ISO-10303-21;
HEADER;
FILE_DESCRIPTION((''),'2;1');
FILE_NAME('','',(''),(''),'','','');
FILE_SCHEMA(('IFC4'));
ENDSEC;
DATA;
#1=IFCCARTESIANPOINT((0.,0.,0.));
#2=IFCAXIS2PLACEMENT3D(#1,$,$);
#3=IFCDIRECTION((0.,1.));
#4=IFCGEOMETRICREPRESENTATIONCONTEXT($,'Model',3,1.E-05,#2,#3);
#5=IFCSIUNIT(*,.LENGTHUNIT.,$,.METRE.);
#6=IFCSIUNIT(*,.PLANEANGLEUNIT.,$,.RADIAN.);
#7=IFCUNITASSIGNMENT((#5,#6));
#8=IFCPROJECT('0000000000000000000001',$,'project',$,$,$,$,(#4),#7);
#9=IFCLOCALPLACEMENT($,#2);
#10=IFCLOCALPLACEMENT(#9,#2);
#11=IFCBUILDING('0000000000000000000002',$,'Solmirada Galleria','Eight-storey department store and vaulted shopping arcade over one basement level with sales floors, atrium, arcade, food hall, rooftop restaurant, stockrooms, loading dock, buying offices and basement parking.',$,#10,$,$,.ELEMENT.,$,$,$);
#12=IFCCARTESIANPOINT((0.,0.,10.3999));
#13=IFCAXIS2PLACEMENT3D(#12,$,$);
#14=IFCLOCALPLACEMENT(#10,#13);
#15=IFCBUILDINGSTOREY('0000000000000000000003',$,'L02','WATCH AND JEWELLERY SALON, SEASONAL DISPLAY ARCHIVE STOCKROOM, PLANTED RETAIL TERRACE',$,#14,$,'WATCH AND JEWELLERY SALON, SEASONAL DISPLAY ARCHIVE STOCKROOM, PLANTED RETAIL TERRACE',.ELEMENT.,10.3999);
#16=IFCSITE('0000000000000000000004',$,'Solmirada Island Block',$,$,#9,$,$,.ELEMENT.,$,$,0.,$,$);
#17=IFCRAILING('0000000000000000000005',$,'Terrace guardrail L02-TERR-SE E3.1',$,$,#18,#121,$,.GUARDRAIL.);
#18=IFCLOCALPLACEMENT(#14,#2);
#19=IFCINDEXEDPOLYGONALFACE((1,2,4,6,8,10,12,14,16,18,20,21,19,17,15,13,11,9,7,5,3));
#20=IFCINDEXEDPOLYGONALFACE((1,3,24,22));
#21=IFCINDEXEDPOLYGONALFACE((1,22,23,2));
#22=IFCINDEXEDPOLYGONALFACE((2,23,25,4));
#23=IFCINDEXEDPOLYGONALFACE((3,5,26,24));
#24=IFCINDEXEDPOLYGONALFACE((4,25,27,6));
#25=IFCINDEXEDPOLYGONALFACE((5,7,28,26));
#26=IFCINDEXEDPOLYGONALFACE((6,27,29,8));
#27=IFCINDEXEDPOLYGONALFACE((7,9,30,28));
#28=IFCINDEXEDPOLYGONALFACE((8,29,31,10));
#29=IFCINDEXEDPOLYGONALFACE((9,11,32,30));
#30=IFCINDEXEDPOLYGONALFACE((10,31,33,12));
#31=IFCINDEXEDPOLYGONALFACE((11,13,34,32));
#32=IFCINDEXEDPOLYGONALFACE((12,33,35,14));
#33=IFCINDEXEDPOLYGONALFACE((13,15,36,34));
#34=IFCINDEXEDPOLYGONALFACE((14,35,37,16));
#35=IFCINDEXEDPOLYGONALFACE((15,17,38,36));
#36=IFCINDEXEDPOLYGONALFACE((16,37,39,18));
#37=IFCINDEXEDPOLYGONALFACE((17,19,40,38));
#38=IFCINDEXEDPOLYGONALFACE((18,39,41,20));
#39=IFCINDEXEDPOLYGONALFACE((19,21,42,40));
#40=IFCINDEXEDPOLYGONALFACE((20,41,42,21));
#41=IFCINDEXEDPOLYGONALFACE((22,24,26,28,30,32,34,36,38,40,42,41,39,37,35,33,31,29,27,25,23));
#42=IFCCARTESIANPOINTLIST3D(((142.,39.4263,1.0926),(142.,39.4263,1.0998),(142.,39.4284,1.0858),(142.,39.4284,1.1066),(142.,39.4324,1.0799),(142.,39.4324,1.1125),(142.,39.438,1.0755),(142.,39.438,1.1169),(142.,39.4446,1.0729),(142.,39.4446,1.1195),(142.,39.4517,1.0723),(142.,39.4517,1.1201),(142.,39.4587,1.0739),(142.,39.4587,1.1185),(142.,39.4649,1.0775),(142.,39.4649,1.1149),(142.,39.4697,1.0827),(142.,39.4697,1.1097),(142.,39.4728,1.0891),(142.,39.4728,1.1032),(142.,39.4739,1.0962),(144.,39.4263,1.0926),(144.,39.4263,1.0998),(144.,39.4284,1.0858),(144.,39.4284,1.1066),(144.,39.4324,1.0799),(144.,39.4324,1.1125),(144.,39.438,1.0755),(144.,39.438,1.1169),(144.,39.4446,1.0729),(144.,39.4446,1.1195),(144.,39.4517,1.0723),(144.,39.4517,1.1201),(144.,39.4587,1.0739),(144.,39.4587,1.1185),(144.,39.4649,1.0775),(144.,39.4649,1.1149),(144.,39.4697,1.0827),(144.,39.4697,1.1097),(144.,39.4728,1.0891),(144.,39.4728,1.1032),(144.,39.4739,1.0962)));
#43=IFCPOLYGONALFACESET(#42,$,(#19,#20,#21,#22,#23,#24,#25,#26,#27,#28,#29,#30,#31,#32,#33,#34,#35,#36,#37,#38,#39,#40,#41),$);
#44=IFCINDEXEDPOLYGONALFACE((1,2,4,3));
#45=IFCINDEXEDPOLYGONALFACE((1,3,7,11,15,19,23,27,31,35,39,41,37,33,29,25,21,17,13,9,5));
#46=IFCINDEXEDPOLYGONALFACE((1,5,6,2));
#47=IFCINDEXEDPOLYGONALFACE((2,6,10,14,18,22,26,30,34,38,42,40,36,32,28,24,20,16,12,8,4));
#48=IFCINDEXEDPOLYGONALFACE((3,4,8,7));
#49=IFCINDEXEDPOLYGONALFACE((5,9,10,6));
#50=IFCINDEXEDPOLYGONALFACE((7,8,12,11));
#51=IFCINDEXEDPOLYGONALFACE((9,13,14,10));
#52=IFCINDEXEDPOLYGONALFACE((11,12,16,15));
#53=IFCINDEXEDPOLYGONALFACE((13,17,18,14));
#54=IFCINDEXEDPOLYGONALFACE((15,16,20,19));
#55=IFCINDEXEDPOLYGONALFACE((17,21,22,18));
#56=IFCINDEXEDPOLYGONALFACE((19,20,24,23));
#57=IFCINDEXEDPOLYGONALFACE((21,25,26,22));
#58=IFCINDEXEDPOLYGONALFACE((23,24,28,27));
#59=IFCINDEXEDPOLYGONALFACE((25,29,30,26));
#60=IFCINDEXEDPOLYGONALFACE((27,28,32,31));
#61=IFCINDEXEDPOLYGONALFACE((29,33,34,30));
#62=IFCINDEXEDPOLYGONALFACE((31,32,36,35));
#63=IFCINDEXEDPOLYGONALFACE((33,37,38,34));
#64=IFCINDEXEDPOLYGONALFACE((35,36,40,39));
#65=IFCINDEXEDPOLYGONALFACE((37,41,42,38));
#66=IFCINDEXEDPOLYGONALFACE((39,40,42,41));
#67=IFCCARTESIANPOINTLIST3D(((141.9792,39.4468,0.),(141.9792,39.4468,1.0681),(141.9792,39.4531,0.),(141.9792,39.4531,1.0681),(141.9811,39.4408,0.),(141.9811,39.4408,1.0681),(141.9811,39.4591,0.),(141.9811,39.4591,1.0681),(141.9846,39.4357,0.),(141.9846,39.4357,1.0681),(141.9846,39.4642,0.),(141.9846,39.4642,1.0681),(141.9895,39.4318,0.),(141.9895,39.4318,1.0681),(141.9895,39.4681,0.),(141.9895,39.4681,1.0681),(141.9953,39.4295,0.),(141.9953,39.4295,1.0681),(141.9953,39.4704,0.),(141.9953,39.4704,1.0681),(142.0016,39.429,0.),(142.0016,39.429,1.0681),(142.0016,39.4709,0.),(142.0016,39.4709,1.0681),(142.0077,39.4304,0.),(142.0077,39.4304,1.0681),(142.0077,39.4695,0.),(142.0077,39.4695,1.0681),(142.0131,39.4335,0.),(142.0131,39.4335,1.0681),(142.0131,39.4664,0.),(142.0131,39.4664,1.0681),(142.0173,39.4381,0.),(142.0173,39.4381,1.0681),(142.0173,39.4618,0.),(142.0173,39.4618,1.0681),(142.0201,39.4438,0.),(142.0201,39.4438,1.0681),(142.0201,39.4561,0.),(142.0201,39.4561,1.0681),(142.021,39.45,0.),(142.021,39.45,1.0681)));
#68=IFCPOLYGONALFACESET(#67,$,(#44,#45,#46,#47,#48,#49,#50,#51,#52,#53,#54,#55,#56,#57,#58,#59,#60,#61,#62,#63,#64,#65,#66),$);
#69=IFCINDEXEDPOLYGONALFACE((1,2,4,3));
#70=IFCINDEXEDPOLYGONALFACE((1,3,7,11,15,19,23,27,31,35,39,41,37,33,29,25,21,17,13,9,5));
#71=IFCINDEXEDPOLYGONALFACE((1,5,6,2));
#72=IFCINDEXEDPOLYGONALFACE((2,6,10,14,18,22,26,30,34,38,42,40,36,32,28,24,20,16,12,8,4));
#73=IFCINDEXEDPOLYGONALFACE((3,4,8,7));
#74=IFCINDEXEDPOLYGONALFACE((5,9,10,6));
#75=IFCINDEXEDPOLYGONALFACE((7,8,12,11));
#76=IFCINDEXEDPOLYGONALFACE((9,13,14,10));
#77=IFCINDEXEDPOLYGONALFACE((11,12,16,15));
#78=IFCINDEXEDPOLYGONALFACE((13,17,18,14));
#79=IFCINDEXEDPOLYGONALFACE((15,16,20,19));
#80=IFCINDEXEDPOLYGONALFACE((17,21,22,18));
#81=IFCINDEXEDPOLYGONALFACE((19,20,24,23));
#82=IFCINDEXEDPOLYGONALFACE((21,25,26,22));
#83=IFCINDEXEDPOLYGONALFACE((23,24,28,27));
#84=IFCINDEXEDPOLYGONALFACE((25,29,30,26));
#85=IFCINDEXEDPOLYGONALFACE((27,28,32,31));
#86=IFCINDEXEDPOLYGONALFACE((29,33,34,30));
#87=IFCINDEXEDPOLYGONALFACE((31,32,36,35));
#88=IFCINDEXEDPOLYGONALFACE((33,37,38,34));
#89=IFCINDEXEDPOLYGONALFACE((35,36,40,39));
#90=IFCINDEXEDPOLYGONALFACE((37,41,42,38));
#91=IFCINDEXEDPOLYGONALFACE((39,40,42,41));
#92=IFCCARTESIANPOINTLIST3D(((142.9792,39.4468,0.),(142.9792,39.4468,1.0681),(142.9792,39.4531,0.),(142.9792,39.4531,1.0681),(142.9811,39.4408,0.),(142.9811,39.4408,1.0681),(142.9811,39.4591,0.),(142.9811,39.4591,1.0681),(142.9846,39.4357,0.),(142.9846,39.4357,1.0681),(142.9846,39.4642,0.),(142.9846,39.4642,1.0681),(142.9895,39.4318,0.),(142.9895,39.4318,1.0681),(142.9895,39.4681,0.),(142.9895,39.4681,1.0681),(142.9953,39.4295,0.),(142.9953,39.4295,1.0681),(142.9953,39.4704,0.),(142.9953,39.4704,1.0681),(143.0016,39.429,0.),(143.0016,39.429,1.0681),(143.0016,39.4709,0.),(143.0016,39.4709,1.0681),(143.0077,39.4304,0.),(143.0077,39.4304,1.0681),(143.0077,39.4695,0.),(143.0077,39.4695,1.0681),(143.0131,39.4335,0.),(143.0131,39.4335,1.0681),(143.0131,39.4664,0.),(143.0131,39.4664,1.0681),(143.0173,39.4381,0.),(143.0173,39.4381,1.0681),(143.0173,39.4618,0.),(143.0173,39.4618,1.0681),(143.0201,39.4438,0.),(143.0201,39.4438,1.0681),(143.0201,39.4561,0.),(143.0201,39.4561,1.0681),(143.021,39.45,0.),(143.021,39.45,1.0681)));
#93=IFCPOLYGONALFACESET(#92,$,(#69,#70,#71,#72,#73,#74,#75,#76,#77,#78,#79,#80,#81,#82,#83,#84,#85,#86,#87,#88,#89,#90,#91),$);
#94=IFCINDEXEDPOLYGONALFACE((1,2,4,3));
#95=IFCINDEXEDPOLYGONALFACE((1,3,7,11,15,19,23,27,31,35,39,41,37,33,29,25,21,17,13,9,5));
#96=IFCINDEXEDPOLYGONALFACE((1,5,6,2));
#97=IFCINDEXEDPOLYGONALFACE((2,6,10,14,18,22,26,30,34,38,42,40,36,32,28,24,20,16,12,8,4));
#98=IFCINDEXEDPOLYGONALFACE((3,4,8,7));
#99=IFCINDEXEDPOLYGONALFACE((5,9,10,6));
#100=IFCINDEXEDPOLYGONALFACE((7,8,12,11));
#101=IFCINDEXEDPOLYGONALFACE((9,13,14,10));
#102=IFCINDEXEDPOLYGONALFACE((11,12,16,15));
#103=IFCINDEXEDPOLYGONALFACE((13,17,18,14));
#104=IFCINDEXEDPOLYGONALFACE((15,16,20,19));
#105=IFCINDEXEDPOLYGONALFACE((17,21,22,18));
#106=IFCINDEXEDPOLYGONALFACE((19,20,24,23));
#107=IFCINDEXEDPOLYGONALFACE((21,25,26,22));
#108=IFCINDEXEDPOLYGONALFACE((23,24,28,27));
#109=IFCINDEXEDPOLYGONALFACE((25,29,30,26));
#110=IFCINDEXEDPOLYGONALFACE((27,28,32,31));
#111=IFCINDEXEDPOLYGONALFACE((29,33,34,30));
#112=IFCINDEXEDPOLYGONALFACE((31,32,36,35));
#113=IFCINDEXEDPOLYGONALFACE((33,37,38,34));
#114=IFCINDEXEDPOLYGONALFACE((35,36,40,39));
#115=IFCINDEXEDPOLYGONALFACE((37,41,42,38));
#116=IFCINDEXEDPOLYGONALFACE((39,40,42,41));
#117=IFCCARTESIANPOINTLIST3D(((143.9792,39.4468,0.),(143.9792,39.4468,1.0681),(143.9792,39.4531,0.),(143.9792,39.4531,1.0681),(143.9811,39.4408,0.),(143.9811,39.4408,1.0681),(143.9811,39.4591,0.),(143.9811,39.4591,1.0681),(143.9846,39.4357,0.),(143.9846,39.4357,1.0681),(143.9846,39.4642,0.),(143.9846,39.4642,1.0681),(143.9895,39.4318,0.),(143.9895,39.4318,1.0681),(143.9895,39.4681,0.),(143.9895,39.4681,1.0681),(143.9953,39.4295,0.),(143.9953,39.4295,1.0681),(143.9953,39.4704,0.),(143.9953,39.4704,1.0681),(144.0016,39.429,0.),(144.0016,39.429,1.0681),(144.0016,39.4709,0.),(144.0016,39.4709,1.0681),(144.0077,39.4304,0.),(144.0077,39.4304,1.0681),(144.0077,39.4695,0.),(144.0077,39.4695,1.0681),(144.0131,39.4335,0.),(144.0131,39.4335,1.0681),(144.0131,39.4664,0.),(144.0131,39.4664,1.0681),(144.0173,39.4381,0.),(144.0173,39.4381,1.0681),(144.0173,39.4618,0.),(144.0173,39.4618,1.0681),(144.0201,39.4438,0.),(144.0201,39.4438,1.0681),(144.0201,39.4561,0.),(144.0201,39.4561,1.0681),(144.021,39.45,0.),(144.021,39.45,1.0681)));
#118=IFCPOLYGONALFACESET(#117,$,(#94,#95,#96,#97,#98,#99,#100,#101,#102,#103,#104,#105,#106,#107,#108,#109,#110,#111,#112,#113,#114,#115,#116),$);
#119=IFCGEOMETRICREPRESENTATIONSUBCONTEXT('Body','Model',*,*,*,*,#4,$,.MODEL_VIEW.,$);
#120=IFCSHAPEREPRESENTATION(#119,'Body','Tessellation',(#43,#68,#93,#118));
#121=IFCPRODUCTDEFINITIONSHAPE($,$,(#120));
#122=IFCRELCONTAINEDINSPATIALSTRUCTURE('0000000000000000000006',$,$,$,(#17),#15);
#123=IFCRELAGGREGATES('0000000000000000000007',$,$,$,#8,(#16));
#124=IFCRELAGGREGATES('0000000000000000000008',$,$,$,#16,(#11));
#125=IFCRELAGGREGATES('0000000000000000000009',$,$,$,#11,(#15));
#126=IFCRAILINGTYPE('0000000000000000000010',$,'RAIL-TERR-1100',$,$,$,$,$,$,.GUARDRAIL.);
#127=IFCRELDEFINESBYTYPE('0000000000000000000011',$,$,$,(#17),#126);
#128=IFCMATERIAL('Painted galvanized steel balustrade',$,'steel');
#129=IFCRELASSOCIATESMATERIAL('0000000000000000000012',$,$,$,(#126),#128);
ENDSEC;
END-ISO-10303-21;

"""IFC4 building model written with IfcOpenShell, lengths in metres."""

from ifc_helpers import new_model, si_unit, direction, frame, origin, origin_2d, place, context, subcontext, project, spatial, circle, extrude, material, type_object, element, save


model = new_model("IFC4")

# Units and contexts
model_context = context("Model", 3, precision=1e-05, world=origin(), true_north=direction((0.0, 1.0)))
body_context = subcontext(model_context, "Body", "Model", "MODEL_VIEW")
ifc_project = project(units=[si_unit("LENGTHUNIT", "METRE"), si_unit("PLANEANGLEUNIT", "RADIAN")], contexts=[model_context])

# Site, building, storey
site_placement = place(None, origin())
site = spatial("IfcSite", under=ifc_project, at=site_placement, Name="Solmirada Island Block", CompositionType="ELEMENT", RefElevation=0.0)
building_placement = place(site_placement, origin())
building = spatial("IfcBuilding", under=site, at=building_placement, Name="Solmirada Galleria", Description="Eight-storey department store and vaulted shopping arcade over one basement level with sales floors, atrium, arcade, food hall, rooftop restaurant, stockrooms, loading dock, buying offices and basement parking.", CompositionType="ELEMENT")
storey_placement = place(building_placement, frame((0.0, 0.0, 10.3999)))
storey = spatial("IfcBuildingStorey", under=building, at=storey_placement, Name="L02", Description="WATCH AND JEWELLERY SALON, SEASONAL DISPLAY ARCHIVE STOCKROOM, PLANTED RETAIL TERRACE", LongName="WATCH AND JEWELLERY SALON, SEASONAL DISPLAY ARCHIVE STOCKROOM, PLANTED RETAIL TERRACE", CompositionType="ELEMENT", Elevation=10.3999)

# Railing
ifc_material_1 = material(Name="Painted galvanized steel balustrade", Category="steel")
railing_type = type_object("IfcRailingType", Name="RAIL-TERR-1100", PredefinedType="GUARDRAIL", material=ifc_material_1)
railing_1_placement = place(storey_placement, frame((142.0, 39.45, 0.0)))
element("IfcRailing", 1, at=railing_1_placement, inside=storey, type_object=railing_type, Name="Terrace guardrail L02-TERR-SE E3.1", PredefinedType="GUARDRAIL", context=body_context, shape_type="SweptSolid", body=[
    extrude(circle(Radius=0.0239, at=origin_2d()), frame((0.0, 0.0, 1.0962), z_axis=(1.0, 0.0, 0.0), x_axis=(0.0, 1.0, 0.0)), (0.0, 0.0, 1.0), 2.0),
    extrude(circle(Radius=0.021, at=origin_2d()), origin(), (0.0, 0.0, 1.0), 1.0681),
    extrude(circle(Radius=0.021, at=origin_2d()), frame((1.0, 0.0, 0.0)), (0.0, 0.0, 1.0), 1.0681),
    extrude(circle(Radius=0.021, at=origin_2d()), frame((2.0, 0.0, 0.0)), (0.0, 0.0, 1.0), 1.0681),
])

save(model, "model.ifc")
